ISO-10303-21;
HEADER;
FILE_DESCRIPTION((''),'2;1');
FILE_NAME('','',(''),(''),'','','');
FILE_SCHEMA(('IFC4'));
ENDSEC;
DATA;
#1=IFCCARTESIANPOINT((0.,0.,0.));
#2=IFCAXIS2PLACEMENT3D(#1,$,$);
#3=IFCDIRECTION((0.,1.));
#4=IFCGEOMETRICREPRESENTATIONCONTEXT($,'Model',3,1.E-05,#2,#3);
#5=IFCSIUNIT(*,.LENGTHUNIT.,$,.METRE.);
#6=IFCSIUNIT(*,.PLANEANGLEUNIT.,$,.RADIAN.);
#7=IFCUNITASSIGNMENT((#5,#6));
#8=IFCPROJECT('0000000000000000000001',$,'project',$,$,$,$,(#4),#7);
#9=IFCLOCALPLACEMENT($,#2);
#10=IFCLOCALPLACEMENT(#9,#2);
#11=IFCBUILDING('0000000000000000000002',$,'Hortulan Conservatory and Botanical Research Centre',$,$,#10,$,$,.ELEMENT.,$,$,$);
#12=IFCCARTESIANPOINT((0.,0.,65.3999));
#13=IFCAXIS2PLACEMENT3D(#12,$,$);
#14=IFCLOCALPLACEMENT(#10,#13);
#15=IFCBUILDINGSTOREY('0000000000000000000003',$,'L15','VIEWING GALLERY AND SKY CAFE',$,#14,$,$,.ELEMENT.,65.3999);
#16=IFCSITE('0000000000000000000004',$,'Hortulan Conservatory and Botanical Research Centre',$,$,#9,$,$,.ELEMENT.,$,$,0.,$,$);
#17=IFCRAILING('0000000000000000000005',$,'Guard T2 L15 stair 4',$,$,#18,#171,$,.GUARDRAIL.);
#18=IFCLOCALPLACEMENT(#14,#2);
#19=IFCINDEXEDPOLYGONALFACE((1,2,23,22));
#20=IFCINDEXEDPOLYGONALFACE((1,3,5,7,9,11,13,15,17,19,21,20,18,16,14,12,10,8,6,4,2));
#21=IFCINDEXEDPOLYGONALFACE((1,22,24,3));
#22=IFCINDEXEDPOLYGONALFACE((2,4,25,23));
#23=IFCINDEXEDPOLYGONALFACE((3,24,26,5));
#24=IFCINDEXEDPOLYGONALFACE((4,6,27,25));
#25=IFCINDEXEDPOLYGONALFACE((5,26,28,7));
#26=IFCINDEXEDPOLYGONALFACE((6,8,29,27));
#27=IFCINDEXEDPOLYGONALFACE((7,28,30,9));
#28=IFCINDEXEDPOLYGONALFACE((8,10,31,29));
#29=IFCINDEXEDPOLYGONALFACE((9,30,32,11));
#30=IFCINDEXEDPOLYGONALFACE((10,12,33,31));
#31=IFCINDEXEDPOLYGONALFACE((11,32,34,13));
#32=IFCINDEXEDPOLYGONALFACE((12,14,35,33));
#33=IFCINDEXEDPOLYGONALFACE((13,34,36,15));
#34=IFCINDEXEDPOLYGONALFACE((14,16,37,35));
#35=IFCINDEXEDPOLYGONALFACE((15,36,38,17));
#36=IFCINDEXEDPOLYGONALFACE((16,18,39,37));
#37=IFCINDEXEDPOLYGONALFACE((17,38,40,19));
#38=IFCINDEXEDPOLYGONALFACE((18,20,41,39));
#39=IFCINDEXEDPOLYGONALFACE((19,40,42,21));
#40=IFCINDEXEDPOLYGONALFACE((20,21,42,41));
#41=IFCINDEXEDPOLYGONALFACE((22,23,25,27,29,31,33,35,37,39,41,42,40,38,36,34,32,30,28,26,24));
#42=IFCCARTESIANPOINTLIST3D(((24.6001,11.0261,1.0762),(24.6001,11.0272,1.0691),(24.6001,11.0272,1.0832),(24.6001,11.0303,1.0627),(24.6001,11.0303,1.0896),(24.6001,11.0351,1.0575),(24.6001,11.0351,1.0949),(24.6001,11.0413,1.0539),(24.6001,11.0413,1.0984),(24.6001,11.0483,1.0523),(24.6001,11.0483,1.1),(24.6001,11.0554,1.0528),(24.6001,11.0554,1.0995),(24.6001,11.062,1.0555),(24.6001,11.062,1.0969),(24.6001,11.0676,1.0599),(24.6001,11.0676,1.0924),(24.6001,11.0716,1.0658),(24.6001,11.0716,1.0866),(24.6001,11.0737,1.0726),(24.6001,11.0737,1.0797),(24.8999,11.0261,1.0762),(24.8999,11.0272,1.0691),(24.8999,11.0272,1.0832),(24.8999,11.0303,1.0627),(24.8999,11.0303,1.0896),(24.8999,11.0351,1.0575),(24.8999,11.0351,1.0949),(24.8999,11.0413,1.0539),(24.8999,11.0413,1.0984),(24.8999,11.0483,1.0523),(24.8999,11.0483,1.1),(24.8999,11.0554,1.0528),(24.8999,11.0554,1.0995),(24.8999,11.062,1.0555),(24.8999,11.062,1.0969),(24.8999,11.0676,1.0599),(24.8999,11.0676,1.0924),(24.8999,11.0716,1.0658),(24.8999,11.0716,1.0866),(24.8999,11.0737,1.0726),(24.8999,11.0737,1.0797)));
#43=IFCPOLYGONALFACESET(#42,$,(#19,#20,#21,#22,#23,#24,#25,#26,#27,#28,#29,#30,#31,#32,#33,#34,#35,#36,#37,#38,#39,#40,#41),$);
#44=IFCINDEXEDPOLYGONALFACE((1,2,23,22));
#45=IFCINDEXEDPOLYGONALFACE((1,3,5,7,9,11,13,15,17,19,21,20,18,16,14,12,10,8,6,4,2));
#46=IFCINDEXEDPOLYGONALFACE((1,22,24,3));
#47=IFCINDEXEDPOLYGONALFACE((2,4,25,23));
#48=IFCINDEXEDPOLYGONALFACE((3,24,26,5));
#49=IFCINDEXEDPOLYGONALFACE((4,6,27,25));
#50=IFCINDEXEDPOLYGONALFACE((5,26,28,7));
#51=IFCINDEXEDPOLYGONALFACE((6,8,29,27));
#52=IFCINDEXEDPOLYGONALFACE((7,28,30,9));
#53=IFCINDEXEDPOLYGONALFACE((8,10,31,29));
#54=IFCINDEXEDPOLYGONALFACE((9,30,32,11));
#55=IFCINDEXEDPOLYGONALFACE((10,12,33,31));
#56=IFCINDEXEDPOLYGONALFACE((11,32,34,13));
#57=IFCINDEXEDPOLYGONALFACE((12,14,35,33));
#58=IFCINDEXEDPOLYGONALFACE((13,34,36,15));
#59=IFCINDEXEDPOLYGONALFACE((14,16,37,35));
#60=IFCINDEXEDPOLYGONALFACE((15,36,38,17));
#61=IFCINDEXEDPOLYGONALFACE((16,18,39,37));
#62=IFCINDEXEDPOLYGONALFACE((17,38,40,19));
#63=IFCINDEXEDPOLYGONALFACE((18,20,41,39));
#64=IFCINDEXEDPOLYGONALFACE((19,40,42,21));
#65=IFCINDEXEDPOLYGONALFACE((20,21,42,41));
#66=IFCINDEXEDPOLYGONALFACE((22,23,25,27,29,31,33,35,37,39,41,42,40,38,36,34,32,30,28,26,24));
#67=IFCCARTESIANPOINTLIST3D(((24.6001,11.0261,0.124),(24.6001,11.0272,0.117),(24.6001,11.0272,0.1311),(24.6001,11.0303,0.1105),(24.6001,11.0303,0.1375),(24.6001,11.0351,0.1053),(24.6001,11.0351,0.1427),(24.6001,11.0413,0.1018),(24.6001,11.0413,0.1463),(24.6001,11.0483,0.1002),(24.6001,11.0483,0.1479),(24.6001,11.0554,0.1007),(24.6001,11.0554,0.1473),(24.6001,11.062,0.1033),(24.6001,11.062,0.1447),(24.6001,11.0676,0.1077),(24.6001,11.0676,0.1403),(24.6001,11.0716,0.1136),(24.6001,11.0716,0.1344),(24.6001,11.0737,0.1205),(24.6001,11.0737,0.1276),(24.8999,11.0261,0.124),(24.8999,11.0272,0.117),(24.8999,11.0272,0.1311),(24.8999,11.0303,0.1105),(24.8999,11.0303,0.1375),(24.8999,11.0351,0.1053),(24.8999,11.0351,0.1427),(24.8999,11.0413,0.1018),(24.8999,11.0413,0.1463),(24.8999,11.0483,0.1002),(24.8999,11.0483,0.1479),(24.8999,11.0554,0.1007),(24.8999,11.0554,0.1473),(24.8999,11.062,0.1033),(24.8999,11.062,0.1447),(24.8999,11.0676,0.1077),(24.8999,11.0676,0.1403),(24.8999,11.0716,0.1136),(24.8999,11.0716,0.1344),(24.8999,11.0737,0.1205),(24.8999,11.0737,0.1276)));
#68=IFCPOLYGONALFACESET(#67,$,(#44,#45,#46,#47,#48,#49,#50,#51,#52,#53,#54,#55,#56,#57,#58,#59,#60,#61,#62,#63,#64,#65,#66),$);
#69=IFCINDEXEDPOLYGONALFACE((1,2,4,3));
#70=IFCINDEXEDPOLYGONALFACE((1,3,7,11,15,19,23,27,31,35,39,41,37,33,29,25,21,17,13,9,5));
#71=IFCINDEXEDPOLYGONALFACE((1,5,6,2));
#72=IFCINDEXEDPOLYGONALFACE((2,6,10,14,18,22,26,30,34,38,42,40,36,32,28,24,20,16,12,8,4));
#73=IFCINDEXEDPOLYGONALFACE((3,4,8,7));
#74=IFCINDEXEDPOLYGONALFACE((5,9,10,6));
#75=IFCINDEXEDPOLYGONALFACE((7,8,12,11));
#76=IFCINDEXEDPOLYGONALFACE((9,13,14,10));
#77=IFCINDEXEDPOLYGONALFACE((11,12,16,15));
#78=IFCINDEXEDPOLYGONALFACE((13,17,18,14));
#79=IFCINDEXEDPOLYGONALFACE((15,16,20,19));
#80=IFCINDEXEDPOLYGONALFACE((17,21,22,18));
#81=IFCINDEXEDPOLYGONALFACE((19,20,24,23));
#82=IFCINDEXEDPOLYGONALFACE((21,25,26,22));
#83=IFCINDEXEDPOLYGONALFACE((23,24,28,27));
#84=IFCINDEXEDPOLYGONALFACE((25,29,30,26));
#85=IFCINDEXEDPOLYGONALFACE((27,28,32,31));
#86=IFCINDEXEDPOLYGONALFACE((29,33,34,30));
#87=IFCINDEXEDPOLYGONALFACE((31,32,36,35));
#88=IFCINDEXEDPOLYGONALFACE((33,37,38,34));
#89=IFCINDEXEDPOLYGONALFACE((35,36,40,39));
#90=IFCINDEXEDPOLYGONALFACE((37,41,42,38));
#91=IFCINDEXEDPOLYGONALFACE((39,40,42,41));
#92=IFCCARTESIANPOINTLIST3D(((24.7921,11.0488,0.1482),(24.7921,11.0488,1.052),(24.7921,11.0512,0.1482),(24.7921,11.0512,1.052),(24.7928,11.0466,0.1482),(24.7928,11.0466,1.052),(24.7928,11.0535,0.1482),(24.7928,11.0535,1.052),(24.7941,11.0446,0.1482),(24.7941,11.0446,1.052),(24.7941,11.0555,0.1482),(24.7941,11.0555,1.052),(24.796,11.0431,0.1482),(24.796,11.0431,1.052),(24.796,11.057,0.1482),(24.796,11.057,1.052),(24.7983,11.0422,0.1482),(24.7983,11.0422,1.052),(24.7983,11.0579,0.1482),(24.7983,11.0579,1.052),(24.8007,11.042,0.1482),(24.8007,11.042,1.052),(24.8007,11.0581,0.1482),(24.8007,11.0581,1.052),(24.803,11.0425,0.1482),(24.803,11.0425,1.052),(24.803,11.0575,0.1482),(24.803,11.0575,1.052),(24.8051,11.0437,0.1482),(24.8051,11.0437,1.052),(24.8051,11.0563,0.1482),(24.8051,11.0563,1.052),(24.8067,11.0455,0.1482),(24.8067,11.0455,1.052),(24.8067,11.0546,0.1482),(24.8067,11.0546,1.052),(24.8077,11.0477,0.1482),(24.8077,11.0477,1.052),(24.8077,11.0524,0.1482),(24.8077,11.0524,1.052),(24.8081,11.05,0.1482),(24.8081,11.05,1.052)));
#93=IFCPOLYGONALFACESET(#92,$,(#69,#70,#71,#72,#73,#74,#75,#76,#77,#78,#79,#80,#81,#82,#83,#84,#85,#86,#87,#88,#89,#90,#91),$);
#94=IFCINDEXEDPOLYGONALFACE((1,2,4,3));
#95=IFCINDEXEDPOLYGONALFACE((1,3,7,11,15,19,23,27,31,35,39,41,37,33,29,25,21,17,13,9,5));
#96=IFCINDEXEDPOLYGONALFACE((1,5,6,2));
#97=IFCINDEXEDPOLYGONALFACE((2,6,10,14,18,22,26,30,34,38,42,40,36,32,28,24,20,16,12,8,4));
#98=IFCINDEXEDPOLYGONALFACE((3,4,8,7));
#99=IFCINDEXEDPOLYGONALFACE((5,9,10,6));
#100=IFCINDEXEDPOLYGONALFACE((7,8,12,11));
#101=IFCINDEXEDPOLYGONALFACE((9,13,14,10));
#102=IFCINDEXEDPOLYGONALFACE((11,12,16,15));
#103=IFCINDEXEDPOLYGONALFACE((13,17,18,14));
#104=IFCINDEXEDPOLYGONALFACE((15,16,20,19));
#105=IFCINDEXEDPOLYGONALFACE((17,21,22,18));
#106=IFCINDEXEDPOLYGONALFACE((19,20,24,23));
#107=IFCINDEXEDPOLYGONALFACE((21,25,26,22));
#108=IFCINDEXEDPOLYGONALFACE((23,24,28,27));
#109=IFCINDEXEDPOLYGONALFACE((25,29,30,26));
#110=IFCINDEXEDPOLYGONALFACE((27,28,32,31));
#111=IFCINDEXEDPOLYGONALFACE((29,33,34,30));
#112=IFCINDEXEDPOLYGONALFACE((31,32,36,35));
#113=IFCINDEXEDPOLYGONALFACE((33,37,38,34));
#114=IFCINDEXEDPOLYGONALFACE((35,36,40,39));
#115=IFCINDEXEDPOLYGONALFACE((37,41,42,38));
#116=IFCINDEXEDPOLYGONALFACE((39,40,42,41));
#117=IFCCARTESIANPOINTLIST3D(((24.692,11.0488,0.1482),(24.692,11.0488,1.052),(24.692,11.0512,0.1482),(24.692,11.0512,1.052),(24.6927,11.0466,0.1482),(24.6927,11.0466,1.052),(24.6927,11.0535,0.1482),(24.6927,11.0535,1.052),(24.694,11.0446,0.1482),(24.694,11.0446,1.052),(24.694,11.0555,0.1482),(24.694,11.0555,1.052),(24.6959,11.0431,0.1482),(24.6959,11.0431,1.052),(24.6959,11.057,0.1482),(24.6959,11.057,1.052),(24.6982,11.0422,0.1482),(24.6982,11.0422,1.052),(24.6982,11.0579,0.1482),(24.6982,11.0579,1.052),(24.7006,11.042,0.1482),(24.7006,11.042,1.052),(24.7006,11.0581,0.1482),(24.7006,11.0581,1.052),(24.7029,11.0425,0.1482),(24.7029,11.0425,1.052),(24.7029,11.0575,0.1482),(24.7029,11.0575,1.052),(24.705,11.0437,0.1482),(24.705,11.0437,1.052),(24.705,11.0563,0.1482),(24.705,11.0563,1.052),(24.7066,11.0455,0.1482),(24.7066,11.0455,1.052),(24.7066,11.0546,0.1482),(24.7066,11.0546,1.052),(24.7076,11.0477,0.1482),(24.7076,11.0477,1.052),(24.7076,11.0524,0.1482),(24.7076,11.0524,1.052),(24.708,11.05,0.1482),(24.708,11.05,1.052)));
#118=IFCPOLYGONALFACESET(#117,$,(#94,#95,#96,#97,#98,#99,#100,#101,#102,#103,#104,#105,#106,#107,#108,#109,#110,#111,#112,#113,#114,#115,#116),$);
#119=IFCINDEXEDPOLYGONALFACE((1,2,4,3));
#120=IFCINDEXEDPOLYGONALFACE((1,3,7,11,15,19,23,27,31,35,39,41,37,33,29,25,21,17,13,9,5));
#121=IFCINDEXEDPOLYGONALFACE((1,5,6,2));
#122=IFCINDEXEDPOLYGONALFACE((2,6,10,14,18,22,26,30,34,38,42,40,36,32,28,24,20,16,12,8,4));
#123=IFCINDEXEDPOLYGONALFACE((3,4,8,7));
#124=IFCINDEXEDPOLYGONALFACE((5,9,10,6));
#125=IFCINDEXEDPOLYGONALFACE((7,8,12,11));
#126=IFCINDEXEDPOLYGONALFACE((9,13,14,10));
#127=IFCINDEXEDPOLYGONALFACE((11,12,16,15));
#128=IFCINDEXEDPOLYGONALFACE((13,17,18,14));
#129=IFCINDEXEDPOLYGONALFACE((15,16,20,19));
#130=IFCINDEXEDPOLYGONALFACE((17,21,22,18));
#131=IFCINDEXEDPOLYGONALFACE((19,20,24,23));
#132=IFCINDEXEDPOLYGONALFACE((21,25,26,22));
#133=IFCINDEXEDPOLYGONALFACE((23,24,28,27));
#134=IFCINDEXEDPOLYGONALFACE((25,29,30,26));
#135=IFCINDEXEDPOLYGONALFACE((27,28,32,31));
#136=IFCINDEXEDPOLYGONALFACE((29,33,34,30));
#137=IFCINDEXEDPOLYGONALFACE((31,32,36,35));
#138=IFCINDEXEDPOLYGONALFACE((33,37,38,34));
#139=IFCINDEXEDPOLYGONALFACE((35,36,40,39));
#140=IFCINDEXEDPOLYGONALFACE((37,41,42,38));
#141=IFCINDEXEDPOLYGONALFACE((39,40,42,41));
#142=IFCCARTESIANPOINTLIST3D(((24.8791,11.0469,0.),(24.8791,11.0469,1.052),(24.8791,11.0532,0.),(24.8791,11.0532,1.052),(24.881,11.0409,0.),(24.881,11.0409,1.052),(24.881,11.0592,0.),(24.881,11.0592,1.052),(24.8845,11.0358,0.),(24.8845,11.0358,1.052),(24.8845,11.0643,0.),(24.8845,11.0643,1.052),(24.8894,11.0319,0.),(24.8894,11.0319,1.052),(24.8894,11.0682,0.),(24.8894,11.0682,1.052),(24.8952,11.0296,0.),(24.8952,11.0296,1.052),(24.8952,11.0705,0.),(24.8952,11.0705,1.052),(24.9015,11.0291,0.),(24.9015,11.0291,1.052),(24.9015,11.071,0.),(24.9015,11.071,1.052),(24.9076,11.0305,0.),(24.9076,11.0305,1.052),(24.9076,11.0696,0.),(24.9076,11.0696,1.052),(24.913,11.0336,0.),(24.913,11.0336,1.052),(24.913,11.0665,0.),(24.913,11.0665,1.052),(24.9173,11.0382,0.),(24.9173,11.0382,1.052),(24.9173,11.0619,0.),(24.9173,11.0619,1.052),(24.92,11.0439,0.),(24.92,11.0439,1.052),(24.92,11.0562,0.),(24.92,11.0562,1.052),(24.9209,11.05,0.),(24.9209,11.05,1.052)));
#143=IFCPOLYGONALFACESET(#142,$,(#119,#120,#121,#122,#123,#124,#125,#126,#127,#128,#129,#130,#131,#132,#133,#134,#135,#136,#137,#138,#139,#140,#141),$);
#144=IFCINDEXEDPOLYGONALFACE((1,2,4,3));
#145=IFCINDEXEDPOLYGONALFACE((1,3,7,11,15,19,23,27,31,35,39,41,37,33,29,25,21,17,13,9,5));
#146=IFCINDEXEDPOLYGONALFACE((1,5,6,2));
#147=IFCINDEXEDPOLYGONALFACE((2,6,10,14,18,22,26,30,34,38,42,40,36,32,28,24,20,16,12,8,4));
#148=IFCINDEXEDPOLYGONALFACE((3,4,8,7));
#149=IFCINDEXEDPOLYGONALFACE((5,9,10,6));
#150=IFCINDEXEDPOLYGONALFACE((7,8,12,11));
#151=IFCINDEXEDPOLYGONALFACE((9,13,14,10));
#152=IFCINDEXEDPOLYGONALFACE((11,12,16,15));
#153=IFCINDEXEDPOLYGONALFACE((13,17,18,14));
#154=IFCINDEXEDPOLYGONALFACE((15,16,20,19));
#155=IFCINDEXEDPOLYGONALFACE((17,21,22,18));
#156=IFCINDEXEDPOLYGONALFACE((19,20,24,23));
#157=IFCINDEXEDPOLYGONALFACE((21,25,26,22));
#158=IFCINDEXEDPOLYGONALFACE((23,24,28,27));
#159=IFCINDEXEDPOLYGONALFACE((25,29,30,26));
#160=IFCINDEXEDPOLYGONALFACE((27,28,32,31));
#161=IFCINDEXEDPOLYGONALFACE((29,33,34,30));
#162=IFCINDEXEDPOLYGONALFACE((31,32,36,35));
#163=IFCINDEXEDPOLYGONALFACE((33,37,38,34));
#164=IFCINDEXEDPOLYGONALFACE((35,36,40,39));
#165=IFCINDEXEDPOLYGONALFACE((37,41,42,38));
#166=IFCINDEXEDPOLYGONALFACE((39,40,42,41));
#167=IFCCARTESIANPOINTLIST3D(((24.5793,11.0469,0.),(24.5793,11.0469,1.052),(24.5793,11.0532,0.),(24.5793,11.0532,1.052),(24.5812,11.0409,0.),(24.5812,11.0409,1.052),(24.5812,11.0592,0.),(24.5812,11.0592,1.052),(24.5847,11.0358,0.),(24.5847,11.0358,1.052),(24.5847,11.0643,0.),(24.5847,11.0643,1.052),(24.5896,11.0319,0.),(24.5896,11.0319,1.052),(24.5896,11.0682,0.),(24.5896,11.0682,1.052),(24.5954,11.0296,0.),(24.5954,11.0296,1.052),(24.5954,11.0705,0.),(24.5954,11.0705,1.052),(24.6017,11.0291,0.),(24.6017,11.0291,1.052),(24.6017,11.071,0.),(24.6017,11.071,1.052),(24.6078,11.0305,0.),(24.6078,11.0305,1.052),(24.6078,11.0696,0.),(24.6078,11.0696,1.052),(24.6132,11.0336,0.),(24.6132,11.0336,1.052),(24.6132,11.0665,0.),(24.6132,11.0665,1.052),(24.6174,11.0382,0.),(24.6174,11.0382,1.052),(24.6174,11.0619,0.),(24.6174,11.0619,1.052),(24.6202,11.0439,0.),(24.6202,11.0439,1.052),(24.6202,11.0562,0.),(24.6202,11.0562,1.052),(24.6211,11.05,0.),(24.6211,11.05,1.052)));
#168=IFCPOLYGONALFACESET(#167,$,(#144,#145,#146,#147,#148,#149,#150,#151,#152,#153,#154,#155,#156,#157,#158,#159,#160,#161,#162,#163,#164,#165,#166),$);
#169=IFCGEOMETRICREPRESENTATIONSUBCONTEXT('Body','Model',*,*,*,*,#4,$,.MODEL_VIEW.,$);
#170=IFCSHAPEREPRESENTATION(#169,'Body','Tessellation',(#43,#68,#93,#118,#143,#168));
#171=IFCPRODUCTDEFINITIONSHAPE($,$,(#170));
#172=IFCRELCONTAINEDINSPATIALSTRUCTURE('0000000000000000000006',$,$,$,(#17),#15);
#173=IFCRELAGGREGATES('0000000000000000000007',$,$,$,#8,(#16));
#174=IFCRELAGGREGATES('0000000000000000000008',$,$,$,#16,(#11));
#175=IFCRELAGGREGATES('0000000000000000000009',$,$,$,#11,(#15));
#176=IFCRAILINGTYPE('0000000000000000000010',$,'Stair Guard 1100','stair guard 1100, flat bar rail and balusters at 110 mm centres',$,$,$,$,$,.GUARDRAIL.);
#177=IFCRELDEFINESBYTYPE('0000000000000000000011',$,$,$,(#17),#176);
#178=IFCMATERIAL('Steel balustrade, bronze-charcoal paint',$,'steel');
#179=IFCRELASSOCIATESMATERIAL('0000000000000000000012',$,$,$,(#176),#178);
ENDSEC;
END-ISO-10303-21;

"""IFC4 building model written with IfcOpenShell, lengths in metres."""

from ifc_helpers import new_model, si_unit, direction, frame, origin, origin_2d, place, context, subcontext, project, spatial, circle, extrude, material, type_object, element, save


model = new_model("IFC4")

# Units and contexts
model_context = context("Model", 3, precision=1e-05, world=origin(), true_north=direction((0.0, 1.0)))
body_context = subcontext(model_context, "Body", "Model", "MODEL_VIEW")
ifc_project = project(units=[si_unit("LENGTHUNIT", "METRE"), si_unit("PLANEANGLEUNIT", "RADIAN")], contexts=[model_context])

# Site, building, storey
site_placement = place(None, origin())
site = spatial("IfcSite", under=ifc_project, at=site_placement, Name="Hortulan Conservatory and Botanical Research Centre", CompositionType="ELEMENT", RefElevation=0.0)
building_placement = place(site_placement, origin())
building = spatial("IfcBuilding", under=site, at=building_placement, Name="Hortulan Conservatory and Botanical Research Centre", CompositionType="ELEMENT")
storey_placement = place(building_placement, frame((0.0, 0.0, 65.3999)))
storey = spatial("IfcBuildingStorey", under=building, at=storey_placement, Name="L15", Description="VIEWING GALLERY AND SKY CAFE", CompositionType="ELEMENT", Elevation=65.3999)

# Railing
ifc_material_1 = material(Name="Steel balustrade, bronze-charcoal paint", Category="steel")
railing_type_1 = type_object("IfcRailingType", Name="Stair Guard 1100", Description="stair guard 1100, flat bar rail and balusters at 110 mm centres", PredefinedType="GUARDRAIL", material=ifc_material_1)
railing_1_placement = place(storey_placement, frame((24.8999, 11.05, 0.0)))
element("IfcRailing", 1, at=railing_1_placement, inside=storey, type_object=railing_type_1, Name="Guard T2 L15 stair 4", PredefinedType="GUARDRAIL", context=body_context, shape_type="SweptSolid", body=[
    extrude(circle(Radius=0.0239, at=origin_2d()), frame((0.0, 0.0, 1.0762), z_axis=(-1.0, 0.0, 0.0), x_axis=(0.0, -1.0, 0.0)), (0.0, 0.0, 1.0), 0.2998),
    extrude(circle(Radius=0.0239, at=origin_2d()), frame((0.0, 0.0, 0.124), z_axis=(-1.0, 0.0, 0.0), x_axis=(0.0, -1.0, 0.0)), (0.0, 0.0, 1.0), 0.2998),
    extrude(circle(Radius=0.0081, at=origin_2d()), frame((-0.0999, 0.0, 0.1482)), (0.0, 0.0, 1.0), 0.9038),
    extrude(circle(Radius=0.0081, at=origin_2d()), frame((-0.2, 0.0, 0.1482)), (0.0, 0.0, 1.0), 0.9038),
    extrude(circle(Radius=0.021, at=origin_2d()), origin(), (0.0, 0.0, 1.0), 1.052),
    extrude(circle(Radius=0.021, at=origin_2d()), frame((-0.2998, 0.0, 0.0)), (0.0, 0.0, 1.0), 1.052),
])

save(model, "model.ifc")
